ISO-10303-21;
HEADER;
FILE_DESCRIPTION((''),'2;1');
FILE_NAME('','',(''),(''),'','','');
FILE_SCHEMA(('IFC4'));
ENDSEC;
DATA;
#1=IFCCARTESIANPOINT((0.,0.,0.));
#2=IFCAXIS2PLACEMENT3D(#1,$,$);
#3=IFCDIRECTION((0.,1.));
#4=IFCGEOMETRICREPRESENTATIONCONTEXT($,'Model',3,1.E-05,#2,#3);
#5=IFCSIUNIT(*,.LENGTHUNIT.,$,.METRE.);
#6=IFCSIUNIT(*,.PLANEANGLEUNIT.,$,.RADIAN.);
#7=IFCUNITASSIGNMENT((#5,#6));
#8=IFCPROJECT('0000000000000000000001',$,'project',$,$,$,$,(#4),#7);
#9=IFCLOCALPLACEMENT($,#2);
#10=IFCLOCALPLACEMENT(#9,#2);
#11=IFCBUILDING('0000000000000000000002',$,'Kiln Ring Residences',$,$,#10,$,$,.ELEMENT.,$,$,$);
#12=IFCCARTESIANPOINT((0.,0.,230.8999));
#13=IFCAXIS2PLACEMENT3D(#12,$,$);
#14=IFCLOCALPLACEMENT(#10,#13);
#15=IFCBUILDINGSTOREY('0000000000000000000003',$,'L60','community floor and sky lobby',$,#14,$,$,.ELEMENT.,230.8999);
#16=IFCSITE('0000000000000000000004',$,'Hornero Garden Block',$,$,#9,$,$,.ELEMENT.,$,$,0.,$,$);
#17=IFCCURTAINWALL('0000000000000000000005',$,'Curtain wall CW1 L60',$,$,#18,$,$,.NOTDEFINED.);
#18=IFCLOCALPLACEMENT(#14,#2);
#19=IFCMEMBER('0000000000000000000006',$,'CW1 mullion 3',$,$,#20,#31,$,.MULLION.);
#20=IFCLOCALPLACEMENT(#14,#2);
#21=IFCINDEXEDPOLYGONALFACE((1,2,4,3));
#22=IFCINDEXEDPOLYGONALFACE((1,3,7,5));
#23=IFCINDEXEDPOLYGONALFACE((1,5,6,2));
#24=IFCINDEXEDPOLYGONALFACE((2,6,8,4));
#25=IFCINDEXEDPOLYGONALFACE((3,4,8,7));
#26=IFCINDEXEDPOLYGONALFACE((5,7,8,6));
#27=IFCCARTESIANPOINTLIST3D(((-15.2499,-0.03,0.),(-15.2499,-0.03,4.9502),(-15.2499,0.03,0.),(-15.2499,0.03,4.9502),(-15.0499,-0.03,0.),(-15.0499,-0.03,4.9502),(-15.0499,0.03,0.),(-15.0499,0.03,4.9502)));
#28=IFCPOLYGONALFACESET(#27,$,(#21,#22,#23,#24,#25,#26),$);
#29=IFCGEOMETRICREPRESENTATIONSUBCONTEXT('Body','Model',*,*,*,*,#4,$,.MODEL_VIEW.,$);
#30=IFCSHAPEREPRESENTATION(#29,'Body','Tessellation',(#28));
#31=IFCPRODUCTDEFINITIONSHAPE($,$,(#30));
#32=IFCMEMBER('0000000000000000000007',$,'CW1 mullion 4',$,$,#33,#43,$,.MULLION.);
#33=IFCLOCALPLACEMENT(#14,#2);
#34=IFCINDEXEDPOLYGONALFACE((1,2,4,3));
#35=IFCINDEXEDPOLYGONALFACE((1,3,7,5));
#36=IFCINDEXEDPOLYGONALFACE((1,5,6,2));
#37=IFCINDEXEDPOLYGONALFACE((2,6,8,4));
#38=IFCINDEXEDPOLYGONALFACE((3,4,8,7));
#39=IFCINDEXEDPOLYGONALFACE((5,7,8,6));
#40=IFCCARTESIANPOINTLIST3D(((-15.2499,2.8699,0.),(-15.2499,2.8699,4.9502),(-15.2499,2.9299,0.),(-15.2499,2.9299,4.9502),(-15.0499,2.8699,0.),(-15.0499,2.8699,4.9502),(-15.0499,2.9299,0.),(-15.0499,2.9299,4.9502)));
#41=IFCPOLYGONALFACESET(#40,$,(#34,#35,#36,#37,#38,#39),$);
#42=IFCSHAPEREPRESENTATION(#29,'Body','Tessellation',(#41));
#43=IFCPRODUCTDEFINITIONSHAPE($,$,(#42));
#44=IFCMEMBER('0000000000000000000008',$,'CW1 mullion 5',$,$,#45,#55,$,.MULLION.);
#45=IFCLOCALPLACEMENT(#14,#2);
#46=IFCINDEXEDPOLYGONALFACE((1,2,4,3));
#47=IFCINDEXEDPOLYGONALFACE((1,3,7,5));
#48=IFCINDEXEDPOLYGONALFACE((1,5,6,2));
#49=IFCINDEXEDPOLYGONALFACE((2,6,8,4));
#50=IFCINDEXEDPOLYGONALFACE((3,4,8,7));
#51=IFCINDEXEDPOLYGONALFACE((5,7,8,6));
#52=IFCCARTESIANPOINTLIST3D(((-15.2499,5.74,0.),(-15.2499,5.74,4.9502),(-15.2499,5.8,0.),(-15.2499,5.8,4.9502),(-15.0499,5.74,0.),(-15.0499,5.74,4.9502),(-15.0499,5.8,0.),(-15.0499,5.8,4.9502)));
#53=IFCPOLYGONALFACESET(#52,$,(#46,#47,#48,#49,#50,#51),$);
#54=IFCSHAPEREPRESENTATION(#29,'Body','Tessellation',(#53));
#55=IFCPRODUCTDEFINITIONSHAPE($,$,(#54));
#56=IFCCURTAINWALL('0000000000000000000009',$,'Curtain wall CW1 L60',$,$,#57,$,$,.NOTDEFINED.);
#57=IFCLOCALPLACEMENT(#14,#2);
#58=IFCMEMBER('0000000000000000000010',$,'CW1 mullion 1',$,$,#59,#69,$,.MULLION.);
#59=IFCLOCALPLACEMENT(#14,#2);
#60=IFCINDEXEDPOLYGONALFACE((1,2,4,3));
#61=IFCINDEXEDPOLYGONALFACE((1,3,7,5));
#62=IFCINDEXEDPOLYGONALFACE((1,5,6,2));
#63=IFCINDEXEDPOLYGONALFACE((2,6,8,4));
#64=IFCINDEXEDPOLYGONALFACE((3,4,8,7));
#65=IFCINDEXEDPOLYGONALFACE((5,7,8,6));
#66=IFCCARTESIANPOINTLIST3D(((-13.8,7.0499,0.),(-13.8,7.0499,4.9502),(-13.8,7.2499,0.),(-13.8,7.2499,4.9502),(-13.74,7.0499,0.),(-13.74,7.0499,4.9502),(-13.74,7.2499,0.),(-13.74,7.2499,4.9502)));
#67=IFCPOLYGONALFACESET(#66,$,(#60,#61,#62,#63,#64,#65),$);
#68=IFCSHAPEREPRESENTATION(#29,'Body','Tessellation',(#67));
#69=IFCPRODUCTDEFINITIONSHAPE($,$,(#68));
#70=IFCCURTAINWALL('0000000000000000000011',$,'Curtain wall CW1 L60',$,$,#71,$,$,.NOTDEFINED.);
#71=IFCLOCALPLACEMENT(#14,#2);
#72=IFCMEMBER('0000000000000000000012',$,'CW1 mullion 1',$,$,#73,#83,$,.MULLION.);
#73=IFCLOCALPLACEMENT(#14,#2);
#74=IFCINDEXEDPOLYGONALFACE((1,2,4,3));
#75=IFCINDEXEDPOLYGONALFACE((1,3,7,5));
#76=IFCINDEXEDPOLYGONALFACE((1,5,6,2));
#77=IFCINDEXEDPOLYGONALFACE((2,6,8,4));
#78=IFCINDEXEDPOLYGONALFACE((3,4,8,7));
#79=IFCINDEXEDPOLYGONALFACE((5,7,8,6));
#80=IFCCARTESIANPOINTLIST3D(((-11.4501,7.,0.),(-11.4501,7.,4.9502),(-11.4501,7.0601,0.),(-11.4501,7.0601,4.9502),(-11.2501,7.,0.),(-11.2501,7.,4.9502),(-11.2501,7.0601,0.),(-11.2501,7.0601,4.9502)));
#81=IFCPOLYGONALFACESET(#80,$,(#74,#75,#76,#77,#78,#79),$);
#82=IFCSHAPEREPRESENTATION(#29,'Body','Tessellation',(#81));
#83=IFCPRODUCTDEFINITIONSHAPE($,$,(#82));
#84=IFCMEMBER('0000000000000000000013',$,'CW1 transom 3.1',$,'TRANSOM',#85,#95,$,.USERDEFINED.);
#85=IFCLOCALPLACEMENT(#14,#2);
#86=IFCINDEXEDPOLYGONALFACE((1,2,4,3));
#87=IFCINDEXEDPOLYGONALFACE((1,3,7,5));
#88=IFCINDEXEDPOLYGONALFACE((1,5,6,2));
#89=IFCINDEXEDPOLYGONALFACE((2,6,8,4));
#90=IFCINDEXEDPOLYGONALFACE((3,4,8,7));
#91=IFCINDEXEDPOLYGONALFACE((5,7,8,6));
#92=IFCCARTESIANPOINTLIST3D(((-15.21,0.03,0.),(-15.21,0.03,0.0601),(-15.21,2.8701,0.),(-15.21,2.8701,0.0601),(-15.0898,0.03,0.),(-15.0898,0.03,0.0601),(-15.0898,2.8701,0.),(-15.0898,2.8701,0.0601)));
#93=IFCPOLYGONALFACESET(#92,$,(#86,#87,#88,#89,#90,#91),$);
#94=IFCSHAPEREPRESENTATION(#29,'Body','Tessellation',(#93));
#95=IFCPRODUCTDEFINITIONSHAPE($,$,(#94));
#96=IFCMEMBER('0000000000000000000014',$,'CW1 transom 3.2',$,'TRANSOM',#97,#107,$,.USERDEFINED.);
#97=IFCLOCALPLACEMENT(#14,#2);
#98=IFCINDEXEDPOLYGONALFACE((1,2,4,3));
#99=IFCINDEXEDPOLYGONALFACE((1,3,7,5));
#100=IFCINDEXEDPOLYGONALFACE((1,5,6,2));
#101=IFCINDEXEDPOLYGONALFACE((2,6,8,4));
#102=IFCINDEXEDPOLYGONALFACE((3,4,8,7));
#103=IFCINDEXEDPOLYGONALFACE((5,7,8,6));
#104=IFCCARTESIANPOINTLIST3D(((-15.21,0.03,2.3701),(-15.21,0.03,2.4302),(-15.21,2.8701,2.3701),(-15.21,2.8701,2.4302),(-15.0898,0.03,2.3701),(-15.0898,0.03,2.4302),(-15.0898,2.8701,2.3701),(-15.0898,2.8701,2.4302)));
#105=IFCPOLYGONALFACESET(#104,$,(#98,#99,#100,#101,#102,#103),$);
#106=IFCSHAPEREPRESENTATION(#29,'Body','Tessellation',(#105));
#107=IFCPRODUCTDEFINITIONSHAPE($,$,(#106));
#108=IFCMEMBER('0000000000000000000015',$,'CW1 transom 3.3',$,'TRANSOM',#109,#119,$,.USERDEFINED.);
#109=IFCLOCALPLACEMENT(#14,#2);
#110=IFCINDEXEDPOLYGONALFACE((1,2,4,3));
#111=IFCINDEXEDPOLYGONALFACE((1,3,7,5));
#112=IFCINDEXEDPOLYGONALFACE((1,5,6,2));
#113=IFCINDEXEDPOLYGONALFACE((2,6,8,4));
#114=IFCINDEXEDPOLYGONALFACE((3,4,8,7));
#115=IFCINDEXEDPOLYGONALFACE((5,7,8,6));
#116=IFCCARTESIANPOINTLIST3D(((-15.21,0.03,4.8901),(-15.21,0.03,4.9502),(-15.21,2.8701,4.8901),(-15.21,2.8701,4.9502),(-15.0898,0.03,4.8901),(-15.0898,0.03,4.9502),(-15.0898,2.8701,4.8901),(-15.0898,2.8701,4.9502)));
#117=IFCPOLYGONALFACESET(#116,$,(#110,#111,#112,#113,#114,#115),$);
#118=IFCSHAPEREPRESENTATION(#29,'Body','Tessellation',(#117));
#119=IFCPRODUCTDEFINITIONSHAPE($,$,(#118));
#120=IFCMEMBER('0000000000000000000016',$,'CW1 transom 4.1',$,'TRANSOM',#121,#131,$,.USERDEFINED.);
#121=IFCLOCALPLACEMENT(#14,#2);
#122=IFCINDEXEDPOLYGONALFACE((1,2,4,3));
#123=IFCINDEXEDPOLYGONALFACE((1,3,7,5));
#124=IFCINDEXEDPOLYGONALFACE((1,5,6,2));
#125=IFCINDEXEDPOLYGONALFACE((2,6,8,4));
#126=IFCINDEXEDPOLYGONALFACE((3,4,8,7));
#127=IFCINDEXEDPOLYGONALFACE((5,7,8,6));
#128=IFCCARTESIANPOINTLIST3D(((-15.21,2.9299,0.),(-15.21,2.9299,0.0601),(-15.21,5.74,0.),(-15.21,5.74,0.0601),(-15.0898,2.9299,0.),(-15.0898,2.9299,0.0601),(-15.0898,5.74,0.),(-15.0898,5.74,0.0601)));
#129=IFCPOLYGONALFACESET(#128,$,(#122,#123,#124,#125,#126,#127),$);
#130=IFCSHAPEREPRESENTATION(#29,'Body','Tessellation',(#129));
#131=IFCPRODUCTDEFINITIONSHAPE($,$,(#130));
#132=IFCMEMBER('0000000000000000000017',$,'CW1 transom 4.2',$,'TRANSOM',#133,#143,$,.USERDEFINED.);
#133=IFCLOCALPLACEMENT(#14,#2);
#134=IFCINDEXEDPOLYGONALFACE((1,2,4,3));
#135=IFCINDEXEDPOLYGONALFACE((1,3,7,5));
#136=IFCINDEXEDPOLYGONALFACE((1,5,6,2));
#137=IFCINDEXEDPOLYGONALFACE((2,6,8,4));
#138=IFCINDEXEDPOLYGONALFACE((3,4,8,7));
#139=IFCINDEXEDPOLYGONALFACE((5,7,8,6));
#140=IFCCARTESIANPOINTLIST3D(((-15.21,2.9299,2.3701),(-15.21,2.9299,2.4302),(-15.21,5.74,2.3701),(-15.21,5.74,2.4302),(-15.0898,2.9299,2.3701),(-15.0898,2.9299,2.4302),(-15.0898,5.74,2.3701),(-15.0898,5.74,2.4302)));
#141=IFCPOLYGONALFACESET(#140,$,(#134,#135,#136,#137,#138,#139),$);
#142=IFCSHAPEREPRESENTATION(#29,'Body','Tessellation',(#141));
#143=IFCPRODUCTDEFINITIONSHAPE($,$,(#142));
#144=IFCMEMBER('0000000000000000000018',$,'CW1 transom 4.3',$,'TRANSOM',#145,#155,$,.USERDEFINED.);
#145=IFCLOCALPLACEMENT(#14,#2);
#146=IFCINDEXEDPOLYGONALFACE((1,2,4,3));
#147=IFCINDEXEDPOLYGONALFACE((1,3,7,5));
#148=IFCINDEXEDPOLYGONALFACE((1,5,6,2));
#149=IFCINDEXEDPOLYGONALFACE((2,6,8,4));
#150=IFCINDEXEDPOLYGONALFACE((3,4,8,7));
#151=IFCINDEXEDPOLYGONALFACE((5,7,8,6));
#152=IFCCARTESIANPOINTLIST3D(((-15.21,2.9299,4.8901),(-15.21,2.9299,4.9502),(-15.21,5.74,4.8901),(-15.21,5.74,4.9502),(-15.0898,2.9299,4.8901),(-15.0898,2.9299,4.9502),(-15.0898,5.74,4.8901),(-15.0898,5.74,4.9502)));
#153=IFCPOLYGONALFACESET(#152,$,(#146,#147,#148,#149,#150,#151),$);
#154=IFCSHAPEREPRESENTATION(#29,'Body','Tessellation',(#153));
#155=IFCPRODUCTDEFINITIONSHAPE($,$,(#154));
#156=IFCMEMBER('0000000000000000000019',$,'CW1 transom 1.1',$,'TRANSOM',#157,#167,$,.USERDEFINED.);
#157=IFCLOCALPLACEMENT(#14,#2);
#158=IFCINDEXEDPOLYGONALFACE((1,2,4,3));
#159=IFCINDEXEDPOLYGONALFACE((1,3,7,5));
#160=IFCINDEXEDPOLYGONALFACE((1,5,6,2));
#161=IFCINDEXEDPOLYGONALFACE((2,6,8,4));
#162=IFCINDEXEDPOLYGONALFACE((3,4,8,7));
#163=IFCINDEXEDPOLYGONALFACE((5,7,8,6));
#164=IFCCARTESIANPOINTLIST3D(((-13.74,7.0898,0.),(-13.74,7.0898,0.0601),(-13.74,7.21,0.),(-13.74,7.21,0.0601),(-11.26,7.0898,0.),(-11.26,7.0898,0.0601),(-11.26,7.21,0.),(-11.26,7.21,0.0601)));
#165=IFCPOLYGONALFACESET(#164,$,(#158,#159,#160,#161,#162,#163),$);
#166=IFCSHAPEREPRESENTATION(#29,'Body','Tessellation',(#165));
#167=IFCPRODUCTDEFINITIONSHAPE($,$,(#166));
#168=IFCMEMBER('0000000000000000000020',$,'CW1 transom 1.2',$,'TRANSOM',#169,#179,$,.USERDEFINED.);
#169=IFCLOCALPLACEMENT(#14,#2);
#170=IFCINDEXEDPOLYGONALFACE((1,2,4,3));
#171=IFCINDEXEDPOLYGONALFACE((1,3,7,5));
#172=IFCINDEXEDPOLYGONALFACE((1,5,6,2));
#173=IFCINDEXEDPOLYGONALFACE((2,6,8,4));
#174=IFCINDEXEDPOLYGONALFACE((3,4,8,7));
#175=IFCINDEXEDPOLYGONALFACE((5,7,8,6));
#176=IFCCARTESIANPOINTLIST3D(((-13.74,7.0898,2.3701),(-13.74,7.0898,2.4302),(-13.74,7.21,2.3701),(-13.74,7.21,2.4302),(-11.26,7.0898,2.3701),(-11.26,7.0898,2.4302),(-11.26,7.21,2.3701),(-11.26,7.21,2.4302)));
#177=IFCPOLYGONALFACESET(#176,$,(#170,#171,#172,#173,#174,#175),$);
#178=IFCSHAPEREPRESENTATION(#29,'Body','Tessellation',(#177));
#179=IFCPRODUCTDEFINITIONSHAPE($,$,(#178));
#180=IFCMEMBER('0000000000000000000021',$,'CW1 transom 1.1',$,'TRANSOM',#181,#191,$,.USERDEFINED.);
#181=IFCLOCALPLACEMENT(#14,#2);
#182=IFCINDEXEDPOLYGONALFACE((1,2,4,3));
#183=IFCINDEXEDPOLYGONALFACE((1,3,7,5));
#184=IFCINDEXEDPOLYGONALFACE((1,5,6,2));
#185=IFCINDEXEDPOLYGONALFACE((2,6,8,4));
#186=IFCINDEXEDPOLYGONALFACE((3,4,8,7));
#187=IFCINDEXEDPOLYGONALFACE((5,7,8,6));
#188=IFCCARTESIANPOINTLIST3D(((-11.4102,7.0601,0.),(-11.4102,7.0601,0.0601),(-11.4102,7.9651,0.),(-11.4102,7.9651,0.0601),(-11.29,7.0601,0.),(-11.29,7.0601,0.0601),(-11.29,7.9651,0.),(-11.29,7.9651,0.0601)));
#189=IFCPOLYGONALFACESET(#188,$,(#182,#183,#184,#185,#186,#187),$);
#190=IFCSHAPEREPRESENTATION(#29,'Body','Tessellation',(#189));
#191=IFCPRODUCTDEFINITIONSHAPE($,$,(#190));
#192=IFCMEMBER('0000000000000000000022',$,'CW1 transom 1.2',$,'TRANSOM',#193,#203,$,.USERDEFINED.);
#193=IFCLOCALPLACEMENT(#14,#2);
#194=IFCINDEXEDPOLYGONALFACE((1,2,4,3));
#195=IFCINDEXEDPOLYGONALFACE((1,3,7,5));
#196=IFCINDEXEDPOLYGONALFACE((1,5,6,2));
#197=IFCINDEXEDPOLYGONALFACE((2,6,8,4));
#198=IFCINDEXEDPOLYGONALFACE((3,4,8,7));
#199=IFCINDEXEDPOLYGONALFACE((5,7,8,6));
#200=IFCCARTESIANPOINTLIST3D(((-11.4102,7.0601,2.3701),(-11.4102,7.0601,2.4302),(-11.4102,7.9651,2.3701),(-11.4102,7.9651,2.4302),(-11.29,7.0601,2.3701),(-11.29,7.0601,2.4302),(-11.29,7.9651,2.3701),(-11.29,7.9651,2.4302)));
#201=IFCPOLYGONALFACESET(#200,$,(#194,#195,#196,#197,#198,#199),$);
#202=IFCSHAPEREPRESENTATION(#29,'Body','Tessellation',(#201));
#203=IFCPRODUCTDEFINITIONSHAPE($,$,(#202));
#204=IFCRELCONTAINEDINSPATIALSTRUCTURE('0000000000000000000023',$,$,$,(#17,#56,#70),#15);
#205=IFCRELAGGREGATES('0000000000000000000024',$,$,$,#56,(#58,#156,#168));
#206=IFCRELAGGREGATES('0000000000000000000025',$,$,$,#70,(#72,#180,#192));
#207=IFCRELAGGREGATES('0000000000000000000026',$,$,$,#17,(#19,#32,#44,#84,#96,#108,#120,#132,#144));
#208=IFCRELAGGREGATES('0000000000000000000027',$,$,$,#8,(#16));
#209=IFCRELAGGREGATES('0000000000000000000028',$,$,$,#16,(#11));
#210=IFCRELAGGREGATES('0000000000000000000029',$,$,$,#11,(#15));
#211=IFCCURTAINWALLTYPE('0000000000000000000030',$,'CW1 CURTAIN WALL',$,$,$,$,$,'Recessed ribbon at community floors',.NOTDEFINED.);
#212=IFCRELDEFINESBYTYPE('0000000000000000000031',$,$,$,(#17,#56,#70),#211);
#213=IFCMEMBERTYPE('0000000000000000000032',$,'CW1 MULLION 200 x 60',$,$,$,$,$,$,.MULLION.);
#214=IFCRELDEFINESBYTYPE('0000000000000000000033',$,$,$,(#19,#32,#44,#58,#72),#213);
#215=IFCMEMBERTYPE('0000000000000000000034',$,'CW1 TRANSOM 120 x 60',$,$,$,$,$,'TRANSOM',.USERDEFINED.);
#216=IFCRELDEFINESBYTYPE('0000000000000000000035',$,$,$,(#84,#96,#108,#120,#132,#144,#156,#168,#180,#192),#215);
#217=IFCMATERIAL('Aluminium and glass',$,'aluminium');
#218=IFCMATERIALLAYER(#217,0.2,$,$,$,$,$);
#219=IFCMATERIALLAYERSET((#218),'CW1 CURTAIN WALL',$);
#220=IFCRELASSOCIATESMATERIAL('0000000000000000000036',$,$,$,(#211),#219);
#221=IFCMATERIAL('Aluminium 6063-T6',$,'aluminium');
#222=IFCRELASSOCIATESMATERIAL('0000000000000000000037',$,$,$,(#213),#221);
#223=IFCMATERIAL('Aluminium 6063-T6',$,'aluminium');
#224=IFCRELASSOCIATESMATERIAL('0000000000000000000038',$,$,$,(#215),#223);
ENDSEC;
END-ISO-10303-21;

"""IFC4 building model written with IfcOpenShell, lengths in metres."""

from ifc_helpers import new_model, si_unit, direction, frame, origin, origin_2d, place, context, subcontext, project, spatial, rectangle, extrude, material, layer, layer_set, material_profile, profile_set, type_object, element, aggregate, save


model = new_model("IFC4")

# Units and contexts
model_context = context("Model", 3, precision=1e-05, world=origin(), true_north=direction((0.0, 1.0)))
body_context = subcontext(model_context, "Body", "Model", "MODEL_VIEW")
ifc_project = project(units=[si_unit("LENGTHUNIT", "METRE"), si_unit("PLANEANGLEUNIT", "RADIAN")], contexts=[model_context])

# Site, building, storey
site_placement = place(None, origin())
site = spatial("IfcSite", under=ifc_project, at=site_placement, Name="Hornero Garden Block", CompositionType="ELEMENT", RefElevation=0.0)
building_placement = place(site_placement, origin())
building = spatial("IfcBuilding", under=site, at=building_placement, Name="Kiln Ring Residences", CompositionType="ELEMENT")
storey_placement = place(building_placement, frame((0.0, 0.0, 230.8999)))
storey = spatial("IfcBuildingStorey", under=building, at=storey_placement, Name="L60", Description="community floor and sky lobby", CompositionType="ELEMENT", Elevation=230.8999)

# Curtain wall, members
ifc_material_1 = material(Name="Aluminium and glass", Category="aluminium")
ifc_layer_1 = layer(ifc_material_1, 0.2)
ifc_layer_set_1 = layer_set([ifc_layer_1], Name="CW1 CURTAIN WALL")
curtain_wall_type = type_object("IfcCurtainWallType", Name="CW1 CURTAIN WALL", ElementType="Recessed ribbon at community floors", PredefinedType="NOTDEFINED", material=ifc_layer_set_1)
placement_1 = place(storey_placement, origin())
curtain_wall_1 = element("IfcCurtainWall", 1, at=placement_1, inside=storey, type_object=curtain_wall_type, Name="Curtain wall CW1 L60", PredefinedType="NOTDEFINED")
ifc_material_2 = material(Name="Aluminium 6063-T6", Category="aluminium")
ifc_material_profile_1 = material_profile(ifc_material_2, rectangle(XDim=0.2, YDim=0.0601, at=origin_2d()), Name="AL 200x60")
ifc_profile_set_1 = profile_set([ifc_material_profile_1], Name="Aluminium 6063-T6")
member_type_1 = type_object("IfcMemberType", Name="CW1 MULLION 200 x 60", PredefinedType="MULLION", material=ifc_profile_set_1)
member_1_placement = place(storey_placement, frame((-15.1499, 0.0, 0.0), z_axis=(0.0, 0.0, 1.0), x_axis=(-1.0, 0.0, 0.0)))
member_1 = element("IfcMember", 2, at=member_1_placement, type_object=member_type_1, Name="CW1 mullion 3", PredefinedType="MULLION", context=body_context, shape_type="SweptSolid", body=[
    extrude(rectangle(XDim=0.2, YDim=0.0601, at=origin_2d()), origin(), (0.0, 0.0, 1.0), 4.9502),
])
member_2_placement = place(storey_placement, frame((-15.1499, 2.8999, 0.0), z_axis=(0.0, 0.0, 1.0), x_axis=(-1.0, 0.0, 0.0)))
member_2 = element("IfcMember", 3, at=member_2_placement, type_object=member_type_1, Name="CW1 mullion 4", PredefinedType="MULLION", context=body_context, shape_type="SweptSolid", body=[
    extrude(rectangle(XDim=0.2, YDim=0.0601, at=origin_2d()), origin(), (0.0, 0.0, 1.0), 4.9502),
])
member_3_placement = place(storey_placement, frame((-15.1499, 5.77, 0.0), z_axis=(0.0, 0.0, 1.0), x_axis=(-1.0, 0.0, 0.0)))
member_3 = element("IfcMember", 4, at=member_3_placement, type_object=member_type_1, Name="CW1 mullion 5", PredefinedType="MULLION", context=body_context, shape_type="SweptSolid", body=[
    extrude(rectangle(XDim=0.2, YDim=0.0601, at=origin_2d()), origin(), (0.0, 0.0, 1.0), 4.9502),
])

# Curtain walls, members
curtain_wall_2 = element("IfcCurtainWall", 5, at=placement_1, inside=storey, type_object=curtain_wall_type, Name="Curtain wall CW1 L60", PredefinedType="NOTDEFINED")
member_4_placement = place(storey_placement, frame((-13.77, 7.1499, 0.0), z_axis=(0.0, 0.0, 1.0), x_axis=(0.0, 1.0, 0.0)))
member_4 = element("IfcMember", 6, at=member_4_placement, type_object=member_type_1, Name="CW1 mullion 1", PredefinedType="MULLION", context=body_context, shape_type="SweptSolid", body=[
    extrude(rectangle(XDim=0.2, YDim=0.0601, at=origin_2d()), origin(), (0.0, 0.0, 1.0), 4.9502),
])
curtain_wall_3 = element("IfcCurtainWall", 7, at=placement_1, inside=storey, type_object=curtain_wall_type, Name="Curtain wall CW1 L60", PredefinedType="NOTDEFINED")
member_5_placement = place(storey_placement, frame((-11.3501, 7.03, 0.0), z_axis=(0.0, 0.0, 1.0), x_axis=(-1.0, 0.0, 0.0)))
member_5 = element("IfcMember", 8, at=member_5_placement, type_object=member_type_1, Name="CW1 mullion 1", PredefinedType="MULLION", context=body_context, shape_type="SweptSolid", body=[
    extrude(rectangle(XDim=0.2, YDim=0.0601, at=origin_2d()), origin(), (0.0, 0.0, 1.0), 4.9502),
])

# Members
ifc_material_3 = material(Name="Aluminium 6063-T6", Category="aluminium")
ifc_material_profile_2 = material_profile(ifc_material_3, rectangle(XDim=0.1201, YDim=0.0601, at=origin_2d()), Name="AL 120x60")
ifc_profile_set_2 = profile_set([ifc_material_profile_2], Name="Aluminium 6063-T6")
member_type_2 = type_object("IfcMemberType", Name="CW1 TRANSOM 120 x 60", ElementType="TRANSOM", PredefinedType="USERDEFINED", material=ifc_profile_set_2)
member_6_placement = place(storey_placement, frame((-15.1499, 0.03, 0.03), z_axis=(0.0, 1.0, 0.0), x_axis=(-1.0, 0.0, 0.0)))
member_6 = element("IfcMember", 9, at=member_6_placement, type_object=member_type_2, Name="CW1 transom 3.1", ObjectType="TRANSOM", PredefinedType="USERDEFINED", context=body_context, shape_type="SweptSolid", body=[
    extrude(rectangle(XDim=0.1201, YDim=0.0601, at=origin_2d()), origin(), (0.0, 0.0, 1.0), 2.8401),
])
member_7_placement = place(storey_placement, frame((-15.1499, 0.03, 2.4001), z_axis=(0.0, 1.0, 0.0), x_axis=(-1.0, 0.0, 0.0)))
member_7 = element("IfcMember", 10, at=member_7_placement, type_object=member_type_2, Name="CW1 transom 3.2", ObjectType="TRANSOM", PredefinedType="USERDEFINED", context=body_context, shape_type="SweptSolid", body=[
    extrude(rectangle(XDim=0.1201, YDim=0.0601, at=origin_2d()), origin(), (0.0, 0.0, 1.0), 2.8401),
])
member_8_placement = place(storey_placement, frame((-15.1499, 0.03, 4.9202), z_axis=(0.0, 1.0, 0.0), x_axis=(-1.0, 0.0, 0.0)))
member_8 = element("IfcMember", 11, at=member_8_placement, type_object=member_type_2, Name="CW1 transom 3.3", ObjectType="TRANSOM", PredefinedType="USERDEFINED", context=body_context, shape_type="SweptSolid", body=[
    extrude(rectangle(XDim=0.1201, YDim=0.0601, at=origin_2d()), origin(), (0.0, 0.0, 1.0), 2.8401),
])
member_9_placement = place(storey_placement, frame((-15.1499, 2.9299, 0.03), z_axis=(0.0, 1.0, 0.0), x_axis=(-1.0, 0.0, 0.0)))
member_9 = element("IfcMember", 12, at=member_9_placement, type_object=member_type_2, Name="CW1 transom 4.1", ObjectType="TRANSOM", PredefinedType="USERDEFINED", context=body_context, shape_type="SweptSolid", body=[
    extrude(rectangle(XDim=0.1201, YDim=0.0601, at=origin_2d()), origin(), (0.0, 0.0, 1.0), 2.8101),
])
member_10_placement = place(storey_placement, frame((-15.1499, 2.9299, 2.4001), z_axis=(0.0, 1.0, 0.0), x_axis=(-1.0, 0.0, 0.0)))
member_10 = element("IfcMember", 13, at=member_10_placement, type_object=member_type_2, Name="CW1 transom 4.2", ObjectType="TRANSOM", PredefinedType="USERDEFINED", context=body_context, shape_type="SweptSolid", body=[
    extrude(rectangle(XDim=0.1201, YDim=0.0601, at=origin_2d()), origin(), (0.0, 0.0, 1.0), 2.8101),
])
member_11_placement = place(storey_placement, frame((-15.1499, 2.9299, 4.9202), z_axis=(0.0, 1.0, 0.0), x_axis=(-1.0, 0.0, 0.0)))
member_11 = element("IfcMember", 14, at=member_11_placement, type_object=member_type_2, Name="CW1 transom 4.3", ObjectType="TRANSOM", PredefinedType="USERDEFINED", context=body_context, shape_type="SweptSolid", body=[
    extrude(rectangle(XDim=0.1201, YDim=0.0601, at=origin_2d()), origin(), (0.0, 0.0, 1.0), 2.8101),
])
member_12_placement = place(storey_placement, frame((-13.74, 7.1499, 0.03), z_axis=(1.0, 0.0, 0.0), x_axis=(0.0, 1.0, 0.0)))
member_12 = element("IfcMember", 15, at=member_12_placement, type_object=member_type_2, Name="CW1 transom 1.1", ObjectType="TRANSOM", PredefinedType="USERDEFINED", context=body_context, shape_type="SweptSolid", body=[
    extrude(rectangle(XDim=0.1201, YDim=0.0601, at=origin_2d()), origin(), (0.0, 0.0, 1.0), 2.48),
])
member_13_placement = place(storey_placement, frame((-13.74, 7.1499, 2.4001), z_axis=(1.0, 0.0, 0.0), x_axis=(0.0, 1.0, 0.0)))
member_13 = element("IfcMember", 16, at=member_13_placement, type_object=member_type_2, Name="CW1 transom 1.2", ObjectType="TRANSOM", PredefinedType="USERDEFINED", context=body_context, shape_type="SweptSolid", body=[
    extrude(rectangle(XDim=0.1201, YDim=0.0601, at=origin_2d()), origin(), (0.0, 0.0, 1.0), 2.48),
])
aggregate(curtain_wall_2, [member_4, member_12, member_13])
member_14_placement = place(storey_placement, frame((-11.3501, 7.0601, 0.03), z_axis=(0.0, 1.0, 0.0), x_axis=(-1.0, 0.0, 0.0)))
member_14 = element("IfcMember", 17, at=member_14_placement, type_object=member_type_2, Name="CW1 transom 1.1", ObjectType="TRANSOM", PredefinedType="USERDEFINED", context=body_context, shape_type="SweptSolid", body=[
    extrude(rectangle(XDim=0.1201, YDim=0.0601, at=origin_2d()), origin(), (0.0, 0.0, 1.0), 0.905),
])
member_15_placement = place(storey_placement, frame((-11.3501, 7.0601, 2.4001), z_axis=(0.0, 1.0, 0.0), x_axis=(-1.0, 0.0, 0.0)))
member_15 = element("IfcMember", 18, at=member_15_placement, type_object=member_type_2, Name="CW1 transom 1.2", ObjectType="TRANSOM", PredefinedType="USERDEFINED", context=body_context, shape_type="SweptSolid", body=[
    extrude(rectangle(XDim=0.1201, YDim=0.0601, at=origin_2d()), origin(), (0.0, 0.0, 1.0), 0.905),
])
aggregate(curtain_wall_3, [member_5, member_14, member_15])

aggregate(curtain_wall_1, [member_1, member_2, member_3, member_6, member_7, member_8, member_9, member_10, member_11])

save(model, "model.ifc")
